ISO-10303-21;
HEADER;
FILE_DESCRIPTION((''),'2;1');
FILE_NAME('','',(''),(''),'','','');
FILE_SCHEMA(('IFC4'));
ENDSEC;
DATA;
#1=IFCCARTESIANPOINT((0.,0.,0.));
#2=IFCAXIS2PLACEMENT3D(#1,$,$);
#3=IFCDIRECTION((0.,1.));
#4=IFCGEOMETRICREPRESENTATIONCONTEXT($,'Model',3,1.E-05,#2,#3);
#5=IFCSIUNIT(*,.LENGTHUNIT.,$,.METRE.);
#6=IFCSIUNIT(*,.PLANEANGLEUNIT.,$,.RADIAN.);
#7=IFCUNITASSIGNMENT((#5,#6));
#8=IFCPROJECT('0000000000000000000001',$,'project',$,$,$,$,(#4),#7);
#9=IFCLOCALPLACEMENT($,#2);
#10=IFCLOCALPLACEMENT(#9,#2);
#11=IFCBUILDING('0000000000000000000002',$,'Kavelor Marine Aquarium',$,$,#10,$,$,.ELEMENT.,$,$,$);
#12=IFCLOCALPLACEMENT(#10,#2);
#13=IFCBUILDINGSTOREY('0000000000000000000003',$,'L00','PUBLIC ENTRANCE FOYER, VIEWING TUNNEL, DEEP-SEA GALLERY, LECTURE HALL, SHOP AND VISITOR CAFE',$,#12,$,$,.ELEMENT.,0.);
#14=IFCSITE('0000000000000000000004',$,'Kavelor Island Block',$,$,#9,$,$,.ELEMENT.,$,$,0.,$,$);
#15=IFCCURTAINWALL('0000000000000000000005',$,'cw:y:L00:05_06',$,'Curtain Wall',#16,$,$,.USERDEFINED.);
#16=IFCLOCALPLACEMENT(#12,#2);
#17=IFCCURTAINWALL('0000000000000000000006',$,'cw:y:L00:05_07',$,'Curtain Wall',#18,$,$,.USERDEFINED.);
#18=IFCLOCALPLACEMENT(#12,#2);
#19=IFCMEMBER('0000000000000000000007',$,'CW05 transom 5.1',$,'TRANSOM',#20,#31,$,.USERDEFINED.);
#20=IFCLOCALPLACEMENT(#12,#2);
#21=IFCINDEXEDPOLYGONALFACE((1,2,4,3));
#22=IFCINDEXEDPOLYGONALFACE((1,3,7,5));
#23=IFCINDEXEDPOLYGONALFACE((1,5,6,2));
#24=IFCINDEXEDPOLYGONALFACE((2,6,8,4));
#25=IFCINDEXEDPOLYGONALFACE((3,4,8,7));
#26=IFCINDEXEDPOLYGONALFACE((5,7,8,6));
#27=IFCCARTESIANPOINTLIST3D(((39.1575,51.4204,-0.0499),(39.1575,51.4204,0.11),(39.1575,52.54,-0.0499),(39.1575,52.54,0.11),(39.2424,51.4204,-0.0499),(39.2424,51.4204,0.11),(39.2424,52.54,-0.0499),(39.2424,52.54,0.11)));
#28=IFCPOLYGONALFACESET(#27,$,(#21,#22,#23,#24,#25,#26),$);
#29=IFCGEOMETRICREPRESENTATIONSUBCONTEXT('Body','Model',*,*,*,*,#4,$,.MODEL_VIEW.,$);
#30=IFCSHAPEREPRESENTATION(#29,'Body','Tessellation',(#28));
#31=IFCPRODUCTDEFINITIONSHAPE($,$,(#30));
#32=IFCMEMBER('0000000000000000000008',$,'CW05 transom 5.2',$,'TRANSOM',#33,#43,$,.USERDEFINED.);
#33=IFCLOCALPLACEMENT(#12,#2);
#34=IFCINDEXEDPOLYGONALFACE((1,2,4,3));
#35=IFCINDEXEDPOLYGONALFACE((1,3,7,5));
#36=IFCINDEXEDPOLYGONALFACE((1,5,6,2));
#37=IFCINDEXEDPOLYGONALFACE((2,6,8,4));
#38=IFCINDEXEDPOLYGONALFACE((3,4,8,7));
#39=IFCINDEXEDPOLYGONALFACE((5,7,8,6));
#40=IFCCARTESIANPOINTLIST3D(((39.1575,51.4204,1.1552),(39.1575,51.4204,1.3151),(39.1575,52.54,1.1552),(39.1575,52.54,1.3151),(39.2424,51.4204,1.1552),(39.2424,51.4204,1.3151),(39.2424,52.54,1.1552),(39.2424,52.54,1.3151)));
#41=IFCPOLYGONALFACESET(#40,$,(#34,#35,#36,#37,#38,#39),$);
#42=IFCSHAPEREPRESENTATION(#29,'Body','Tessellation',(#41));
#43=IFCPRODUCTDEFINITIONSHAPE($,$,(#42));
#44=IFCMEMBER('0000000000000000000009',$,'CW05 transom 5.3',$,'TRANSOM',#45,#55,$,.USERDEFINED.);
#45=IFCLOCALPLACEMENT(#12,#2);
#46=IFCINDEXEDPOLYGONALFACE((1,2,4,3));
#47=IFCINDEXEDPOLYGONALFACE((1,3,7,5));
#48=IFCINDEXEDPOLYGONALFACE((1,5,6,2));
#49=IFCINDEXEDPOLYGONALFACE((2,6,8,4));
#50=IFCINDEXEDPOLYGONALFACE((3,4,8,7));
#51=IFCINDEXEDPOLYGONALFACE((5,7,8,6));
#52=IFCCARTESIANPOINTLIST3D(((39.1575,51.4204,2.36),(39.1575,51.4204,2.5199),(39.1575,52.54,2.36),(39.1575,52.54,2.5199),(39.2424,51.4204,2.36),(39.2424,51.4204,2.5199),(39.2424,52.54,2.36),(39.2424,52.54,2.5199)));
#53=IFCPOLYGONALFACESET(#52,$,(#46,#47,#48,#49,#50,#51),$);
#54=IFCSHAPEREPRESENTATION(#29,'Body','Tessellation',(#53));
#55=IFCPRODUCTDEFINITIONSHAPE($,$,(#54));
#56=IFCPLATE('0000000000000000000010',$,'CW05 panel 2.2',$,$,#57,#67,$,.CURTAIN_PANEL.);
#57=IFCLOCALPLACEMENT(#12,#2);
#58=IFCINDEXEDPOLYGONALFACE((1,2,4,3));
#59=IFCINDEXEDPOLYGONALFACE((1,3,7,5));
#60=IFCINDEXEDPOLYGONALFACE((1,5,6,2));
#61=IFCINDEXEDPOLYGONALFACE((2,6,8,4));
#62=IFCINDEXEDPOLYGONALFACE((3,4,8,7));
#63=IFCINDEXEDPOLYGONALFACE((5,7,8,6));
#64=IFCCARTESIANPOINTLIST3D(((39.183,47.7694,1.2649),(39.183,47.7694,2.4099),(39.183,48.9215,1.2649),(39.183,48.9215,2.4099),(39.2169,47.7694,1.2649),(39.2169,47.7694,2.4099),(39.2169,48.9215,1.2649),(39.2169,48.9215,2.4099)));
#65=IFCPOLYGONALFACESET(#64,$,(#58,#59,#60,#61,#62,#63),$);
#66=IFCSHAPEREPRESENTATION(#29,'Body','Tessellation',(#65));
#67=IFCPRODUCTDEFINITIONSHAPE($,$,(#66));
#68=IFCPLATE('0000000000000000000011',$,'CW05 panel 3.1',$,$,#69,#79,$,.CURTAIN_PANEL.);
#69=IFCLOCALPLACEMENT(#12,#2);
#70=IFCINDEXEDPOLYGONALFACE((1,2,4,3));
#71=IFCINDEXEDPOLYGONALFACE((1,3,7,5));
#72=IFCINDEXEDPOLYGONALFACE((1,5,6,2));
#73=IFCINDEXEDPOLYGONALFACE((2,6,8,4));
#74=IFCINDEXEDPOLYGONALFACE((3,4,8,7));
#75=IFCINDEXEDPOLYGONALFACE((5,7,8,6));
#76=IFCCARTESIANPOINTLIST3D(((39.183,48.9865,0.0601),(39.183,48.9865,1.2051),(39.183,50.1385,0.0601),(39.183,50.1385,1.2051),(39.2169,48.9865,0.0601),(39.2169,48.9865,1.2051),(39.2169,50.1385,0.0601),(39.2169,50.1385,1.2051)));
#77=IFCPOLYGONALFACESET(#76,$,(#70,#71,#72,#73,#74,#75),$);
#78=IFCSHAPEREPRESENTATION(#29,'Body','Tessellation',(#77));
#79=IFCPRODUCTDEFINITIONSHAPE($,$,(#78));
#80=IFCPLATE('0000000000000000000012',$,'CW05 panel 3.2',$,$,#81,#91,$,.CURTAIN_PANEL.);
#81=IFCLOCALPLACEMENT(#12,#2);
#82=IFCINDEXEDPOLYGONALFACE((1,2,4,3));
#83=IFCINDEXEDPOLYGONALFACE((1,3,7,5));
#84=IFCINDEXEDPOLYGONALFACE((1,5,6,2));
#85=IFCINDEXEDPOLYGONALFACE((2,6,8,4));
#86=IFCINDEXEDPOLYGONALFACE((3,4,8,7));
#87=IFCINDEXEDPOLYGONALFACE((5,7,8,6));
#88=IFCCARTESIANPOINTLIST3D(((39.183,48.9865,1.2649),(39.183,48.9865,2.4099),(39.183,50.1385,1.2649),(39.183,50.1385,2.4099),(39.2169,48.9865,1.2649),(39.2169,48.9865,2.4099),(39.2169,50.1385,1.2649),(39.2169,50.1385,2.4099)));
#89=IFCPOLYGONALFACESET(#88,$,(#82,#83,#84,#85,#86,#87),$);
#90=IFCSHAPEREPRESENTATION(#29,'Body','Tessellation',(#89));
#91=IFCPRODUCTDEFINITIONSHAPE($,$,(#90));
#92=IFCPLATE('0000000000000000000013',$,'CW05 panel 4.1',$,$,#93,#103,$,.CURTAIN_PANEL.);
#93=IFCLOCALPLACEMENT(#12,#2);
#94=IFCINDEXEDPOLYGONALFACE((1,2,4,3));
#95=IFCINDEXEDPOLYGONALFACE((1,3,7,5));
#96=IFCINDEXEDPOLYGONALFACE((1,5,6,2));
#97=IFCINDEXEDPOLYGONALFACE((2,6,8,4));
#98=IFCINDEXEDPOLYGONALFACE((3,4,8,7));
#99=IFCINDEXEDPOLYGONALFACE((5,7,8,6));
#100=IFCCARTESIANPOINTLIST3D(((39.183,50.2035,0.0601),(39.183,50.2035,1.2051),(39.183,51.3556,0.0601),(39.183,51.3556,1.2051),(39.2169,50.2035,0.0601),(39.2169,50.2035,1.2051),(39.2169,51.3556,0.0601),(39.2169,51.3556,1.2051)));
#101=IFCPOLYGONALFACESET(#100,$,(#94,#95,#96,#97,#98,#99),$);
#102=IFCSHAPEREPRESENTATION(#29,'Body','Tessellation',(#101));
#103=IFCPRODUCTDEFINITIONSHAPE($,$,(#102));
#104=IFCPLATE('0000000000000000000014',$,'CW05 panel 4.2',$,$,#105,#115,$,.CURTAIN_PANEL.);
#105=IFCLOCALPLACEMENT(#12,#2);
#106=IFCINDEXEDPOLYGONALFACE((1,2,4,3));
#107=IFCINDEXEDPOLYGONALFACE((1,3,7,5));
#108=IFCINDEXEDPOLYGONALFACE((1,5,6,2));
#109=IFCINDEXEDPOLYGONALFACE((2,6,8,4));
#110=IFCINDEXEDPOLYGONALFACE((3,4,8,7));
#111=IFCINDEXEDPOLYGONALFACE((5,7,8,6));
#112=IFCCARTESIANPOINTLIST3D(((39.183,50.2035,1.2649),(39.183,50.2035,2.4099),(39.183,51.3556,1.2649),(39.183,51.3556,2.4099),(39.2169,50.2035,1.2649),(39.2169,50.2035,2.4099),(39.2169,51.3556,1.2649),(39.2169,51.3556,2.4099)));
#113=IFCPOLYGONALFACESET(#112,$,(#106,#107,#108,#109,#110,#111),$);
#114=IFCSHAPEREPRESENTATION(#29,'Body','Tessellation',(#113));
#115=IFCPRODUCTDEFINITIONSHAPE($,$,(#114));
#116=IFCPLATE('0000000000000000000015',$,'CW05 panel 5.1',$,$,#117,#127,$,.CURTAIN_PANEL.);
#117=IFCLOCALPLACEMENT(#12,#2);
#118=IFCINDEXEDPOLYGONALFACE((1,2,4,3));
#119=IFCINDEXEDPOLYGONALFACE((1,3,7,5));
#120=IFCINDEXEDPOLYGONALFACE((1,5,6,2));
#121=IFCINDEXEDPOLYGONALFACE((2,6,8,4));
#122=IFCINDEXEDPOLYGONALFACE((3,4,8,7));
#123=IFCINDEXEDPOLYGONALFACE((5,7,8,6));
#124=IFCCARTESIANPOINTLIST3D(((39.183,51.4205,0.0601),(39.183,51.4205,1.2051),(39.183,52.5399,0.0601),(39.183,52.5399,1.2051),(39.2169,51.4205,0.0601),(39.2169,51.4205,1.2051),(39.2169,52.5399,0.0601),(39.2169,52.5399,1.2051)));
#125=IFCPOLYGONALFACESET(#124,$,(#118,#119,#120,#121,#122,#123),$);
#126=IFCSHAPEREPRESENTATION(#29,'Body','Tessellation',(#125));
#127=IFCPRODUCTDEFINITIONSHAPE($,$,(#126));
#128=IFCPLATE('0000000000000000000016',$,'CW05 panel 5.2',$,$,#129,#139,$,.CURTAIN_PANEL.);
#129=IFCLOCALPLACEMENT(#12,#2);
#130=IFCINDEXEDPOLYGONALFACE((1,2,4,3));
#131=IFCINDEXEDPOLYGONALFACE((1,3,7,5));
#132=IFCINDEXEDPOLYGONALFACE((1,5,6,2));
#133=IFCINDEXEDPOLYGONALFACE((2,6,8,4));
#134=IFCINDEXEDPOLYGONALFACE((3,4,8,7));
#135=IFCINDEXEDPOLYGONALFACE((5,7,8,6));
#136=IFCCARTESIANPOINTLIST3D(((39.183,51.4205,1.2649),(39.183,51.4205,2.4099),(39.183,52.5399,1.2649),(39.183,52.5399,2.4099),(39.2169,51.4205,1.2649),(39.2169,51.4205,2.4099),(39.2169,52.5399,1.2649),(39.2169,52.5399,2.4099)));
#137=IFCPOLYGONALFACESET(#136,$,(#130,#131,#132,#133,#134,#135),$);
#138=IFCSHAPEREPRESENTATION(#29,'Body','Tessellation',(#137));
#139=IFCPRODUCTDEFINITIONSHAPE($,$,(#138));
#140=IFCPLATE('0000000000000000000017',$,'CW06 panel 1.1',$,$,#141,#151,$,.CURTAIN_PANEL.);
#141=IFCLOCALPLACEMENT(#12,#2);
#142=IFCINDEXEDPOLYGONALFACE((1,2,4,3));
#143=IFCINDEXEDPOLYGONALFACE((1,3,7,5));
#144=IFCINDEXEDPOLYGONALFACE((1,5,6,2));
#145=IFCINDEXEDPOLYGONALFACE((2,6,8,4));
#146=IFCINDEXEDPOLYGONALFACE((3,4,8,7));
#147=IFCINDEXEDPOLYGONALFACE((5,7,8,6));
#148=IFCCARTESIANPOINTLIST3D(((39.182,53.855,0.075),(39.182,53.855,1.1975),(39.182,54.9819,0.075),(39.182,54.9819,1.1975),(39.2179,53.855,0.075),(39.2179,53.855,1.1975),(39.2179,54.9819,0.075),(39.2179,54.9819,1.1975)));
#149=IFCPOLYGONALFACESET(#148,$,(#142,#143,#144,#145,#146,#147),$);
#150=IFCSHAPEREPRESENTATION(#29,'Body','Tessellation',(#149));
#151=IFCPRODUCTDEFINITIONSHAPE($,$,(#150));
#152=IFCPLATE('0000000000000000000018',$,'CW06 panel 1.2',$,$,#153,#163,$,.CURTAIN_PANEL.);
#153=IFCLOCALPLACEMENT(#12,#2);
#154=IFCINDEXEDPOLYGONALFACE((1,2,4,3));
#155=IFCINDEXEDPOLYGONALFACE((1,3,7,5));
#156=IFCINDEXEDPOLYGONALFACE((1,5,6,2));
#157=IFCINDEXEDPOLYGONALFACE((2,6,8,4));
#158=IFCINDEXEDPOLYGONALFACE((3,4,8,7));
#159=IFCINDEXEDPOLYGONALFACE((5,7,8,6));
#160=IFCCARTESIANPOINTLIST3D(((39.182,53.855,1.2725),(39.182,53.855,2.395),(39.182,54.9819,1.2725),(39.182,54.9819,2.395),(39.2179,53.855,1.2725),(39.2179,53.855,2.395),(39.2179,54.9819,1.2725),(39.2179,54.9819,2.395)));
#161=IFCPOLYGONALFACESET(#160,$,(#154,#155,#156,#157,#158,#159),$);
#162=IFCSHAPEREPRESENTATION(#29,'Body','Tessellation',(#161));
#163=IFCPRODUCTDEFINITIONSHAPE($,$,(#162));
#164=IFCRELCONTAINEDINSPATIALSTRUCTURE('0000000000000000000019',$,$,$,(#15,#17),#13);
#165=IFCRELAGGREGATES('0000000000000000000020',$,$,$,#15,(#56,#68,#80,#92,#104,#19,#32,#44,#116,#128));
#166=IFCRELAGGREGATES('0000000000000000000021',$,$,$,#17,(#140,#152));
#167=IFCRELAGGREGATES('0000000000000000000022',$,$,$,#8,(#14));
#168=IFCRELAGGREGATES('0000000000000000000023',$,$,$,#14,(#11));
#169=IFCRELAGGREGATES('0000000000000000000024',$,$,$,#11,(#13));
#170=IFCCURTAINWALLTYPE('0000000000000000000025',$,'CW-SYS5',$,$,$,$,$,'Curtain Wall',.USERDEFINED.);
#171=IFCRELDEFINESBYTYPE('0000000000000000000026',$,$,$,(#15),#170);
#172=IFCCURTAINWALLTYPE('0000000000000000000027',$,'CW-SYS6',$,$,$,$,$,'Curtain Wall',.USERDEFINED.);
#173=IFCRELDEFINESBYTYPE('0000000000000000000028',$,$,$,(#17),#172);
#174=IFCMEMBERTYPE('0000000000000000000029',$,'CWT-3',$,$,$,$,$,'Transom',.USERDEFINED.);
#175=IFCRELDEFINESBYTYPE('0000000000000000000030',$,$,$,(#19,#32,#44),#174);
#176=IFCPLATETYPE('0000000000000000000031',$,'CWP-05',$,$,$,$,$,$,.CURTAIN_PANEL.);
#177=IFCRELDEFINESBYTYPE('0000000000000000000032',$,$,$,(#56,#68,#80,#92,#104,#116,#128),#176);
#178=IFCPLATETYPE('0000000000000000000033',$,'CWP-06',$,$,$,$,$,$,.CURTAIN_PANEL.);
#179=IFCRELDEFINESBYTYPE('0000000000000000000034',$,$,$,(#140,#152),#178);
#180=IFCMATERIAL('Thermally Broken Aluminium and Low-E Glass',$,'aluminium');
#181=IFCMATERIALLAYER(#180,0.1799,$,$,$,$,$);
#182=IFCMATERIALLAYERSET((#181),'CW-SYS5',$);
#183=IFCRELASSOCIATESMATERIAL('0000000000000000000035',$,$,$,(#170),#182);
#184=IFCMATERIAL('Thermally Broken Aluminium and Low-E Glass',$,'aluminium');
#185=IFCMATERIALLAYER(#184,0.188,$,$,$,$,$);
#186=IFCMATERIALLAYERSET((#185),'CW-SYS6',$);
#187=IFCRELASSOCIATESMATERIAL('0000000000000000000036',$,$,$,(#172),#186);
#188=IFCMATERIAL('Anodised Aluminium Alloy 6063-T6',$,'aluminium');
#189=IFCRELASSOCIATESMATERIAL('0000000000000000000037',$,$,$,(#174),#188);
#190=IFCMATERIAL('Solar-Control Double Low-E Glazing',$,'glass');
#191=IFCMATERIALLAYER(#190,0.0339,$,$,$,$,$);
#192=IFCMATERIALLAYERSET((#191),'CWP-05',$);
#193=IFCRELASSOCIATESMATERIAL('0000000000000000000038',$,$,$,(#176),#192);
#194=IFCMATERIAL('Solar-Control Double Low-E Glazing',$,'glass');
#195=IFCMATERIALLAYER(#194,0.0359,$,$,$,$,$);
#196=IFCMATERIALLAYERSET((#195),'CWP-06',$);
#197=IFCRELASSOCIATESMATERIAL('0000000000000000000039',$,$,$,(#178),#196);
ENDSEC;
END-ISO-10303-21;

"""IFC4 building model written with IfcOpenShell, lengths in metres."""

from ifc_helpers import new_model, si_unit, direction, frame, origin, origin_2d, place, context, subcontext, project, spatial, rectangle, extrude, material, layer, layer_set, material_profile, profile_set, type_object, element, aggregate, save


model = new_model("IFC4")

# Units and contexts
model_context = context("Model", 3, precision=1e-05, world=origin(), true_north=direction((0.0, 1.0)))
body_context = subcontext(model_context, "Body", "Model", "MODEL_VIEW")
ifc_project = project(units=[si_unit("LENGTHUNIT", "METRE"), si_unit("PLANEANGLEUNIT", "RADIAN")], contexts=[model_context])

# Site, building, storey
site_placement = place(None, origin())
site = spatial("IfcSite", under=ifc_project, at=site_placement, Name="Kavelor Island Block", CompositionType="ELEMENT", RefElevation=0.0)
building_placement = place(site_placement, origin())
building = spatial("IfcBuilding", under=site, at=building_placement, Name="Kavelor Marine Aquarium", CompositionType="ELEMENT")
storey_placement = place(building_placement, origin())
storey = spatial("IfcBuildingStorey", under=building, at=storey_placement, Name="L00", Description="PUBLIC ENTRANCE FOYER, VIEWING TUNNEL, DEEP-SEA GALLERY, LECTURE HALL, SHOP AND VISITOR CAFE", CompositionType="ELEMENT", Elevation=0.0)

# Curtain walls
ifc_material_1 = material(Name="Thermally Broken Aluminium and Low-E Glass", Category="aluminium")
ifc_layer_1 = layer(ifc_material_1, 0.1799)
ifc_layer_set_1 = layer_set([ifc_layer_1], Name="CW-SYS5")
curtain_wall_type_1 = type_object("IfcCurtainWallType", Name="CW-SYS5", ElementType="Curtain Wall", PredefinedType="USERDEFINED", material=ifc_layer_set_1)
curtain_wall_1_placement = place(storey_placement, origin())
curtain_wall_1 = element("IfcCurtainWall", 1, at=curtain_wall_1_placement, inside=storey, type_object=curtain_wall_type_1, Name="cw:y:L00:05_06", ObjectType="Curtain Wall", PredefinedType="USERDEFINED")
ifc_material_2 = material(Name="Thermally Broken Aluminium and Low-E Glass", Category="aluminium")
ifc_layer_2 = layer(ifc_material_2, 0.188)
ifc_layer_set_2 = layer_set([ifc_layer_2], Name="CW-SYS6")
curtain_wall_type_2 = type_object("IfcCurtainWallType", Name="CW-SYS6", ElementType="Curtain Wall", PredefinedType="USERDEFINED", material=ifc_layer_set_2)
curtain_wall_2_placement = place(storey_placement, origin())
curtain_wall_2 = element("IfcCurtainWall", 2, at=curtain_wall_2_placement, inside=storey, type_object=curtain_wall_type_2, Name="cw:y:L00:05_07", ObjectType="Curtain Wall", PredefinedType="USERDEFINED")

# Members
ifc_material_3 = material(Name="Anodised Aluminium Alloy 6063-T6", Category="aluminium")
ifc_material_profile_1 = material_profile(ifc_material_3, rectangle(XDim=0.085, YDim=0.1599, at=origin_2d()), Name="CW-TRN 85x160")
ifc_profile_set_1 = profile_set([ifc_material_profile_1], Name="Anodised Aluminium Alloy 6063-T6")
member_type_1 = type_object("IfcMemberType", Name="CWT-3", ElementType="Transom", PredefinedType="USERDEFINED", material=ifc_profile_set_1)
member_1_placement = place(storey_placement, frame((39.2, 51.4204, 0.03), z_axis=(0.0, 1.0, 0.0), x_axis=(-1.0, 0.0, 0.0)))
member_1 = element("IfcMember", 3, at=member_1_placement, type_object=member_type_1, Name="CW05 transom 5.1", ObjectType="TRANSOM", PredefinedType="USERDEFINED", context=body_context, shape_type="SweptSolid", body=[
    extrude(rectangle(XDim=0.085, YDim=0.1599, at=origin_2d()), origin(), (0.0, 0.0, 1.0), 1.1196),
])
member_2_placement = place(storey_placement, frame((39.2, 51.4204, 1.2351), z_axis=(0.0, 1.0, 0.0), x_axis=(-1.0, 0.0, 0.0)))
member_2 = element("IfcMember", 4, at=member_2_placement, type_object=member_type_1, Name="CW05 transom 5.2", ObjectType="TRANSOM", PredefinedType="USERDEFINED", context=body_context, shape_type="SweptSolid", body=[
    extrude(rectangle(XDim=0.085, YDim=0.1599, at=origin_2d()), origin(), (0.0, 0.0, 1.0), 1.1196),
])
member_3_placement = place(storey_placement, frame((39.2, 51.4204, 2.4399), z_axis=(0.0, 1.0, 0.0), x_axis=(-1.0, 0.0, 0.0)))
member_3 = element("IfcMember", 5, at=member_3_placement, type_object=member_type_1, Name="CW05 transom 5.3", ObjectType="TRANSOM", PredefinedType="USERDEFINED", context=body_context, shape_type="SweptSolid", body=[
    extrude(rectangle(XDim=0.085, YDim=0.1599, at=origin_2d()), origin(), (0.0, 0.0, 1.0), 1.1196),
])

# Plates
ifc_material_4 = material(Name="Solar-Control Double Low-E Glazing", Category="glass")
ifc_layer_3 = layer(ifc_material_4, 0.0339)
ifc_layer_set_3 = layer_set([ifc_layer_3], Name="CWP-05")
plate_type_1 = type_object("IfcPlateType", Name="CWP-05", PredefinedType="CURTAIN_PANEL", material=ifc_layer_set_3)
plate_1_placement = place(storey_placement, frame((39.2, 48.3455, 1.2649), z_axis=(0.0, 0.0, 1.0), x_axis=(0.0, 1.0, 0.0)))
plate_1 = element("IfcPlate", 6, at=plate_1_placement, type_object=plate_type_1, Name="CW05 panel 2.2", PredefinedType="CURTAIN_PANEL", context=body_context, shape_type="SweptSolid", body=[
    extrude(rectangle(XDim=1.1521, YDim=0.0339, at=origin_2d()), origin(), (0.0, 0.0, 1.0), 1.145),
])
plate_2_placement = place(storey_placement, frame((39.2, 49.5625, 0.0601), z_axis=(0.0, 0.0, 1.0), x_axis=(0.0, 1.0, 0.0)))
plate_2 = element("IfcPlate", 7, at=plate_2_placement, type_object=plate_type_1, Name="CW05 panel 3.1", PredefinedType="CURTAIN_PANEL", context=body_context, shape_type="SweptSolid", body=[
    extrude(rectangle(XDim=1.1521, YDim=0.0339, at=origin_2d()), origin(), (0.0, 0.0, 1.0), 1.145),
])
plate_3_placement = place(storey_placement, frame((39.2, 49.5625, 1.2649), z_axis=(0.0, 0.0, 1.0), x_axis=(0.0, 1.0, 0.0)))
plate_3 = element("IfcPlate", 8, at=plate_3_placement, type_object=plate_type_1, Name="CW05 panel 3.2", PredefinedType="CURTAIN_PANEL", context=body_context, shape_type="SweptSolid", body=[
    extrude(rectangle(XDim=1.1521, YDim=0.0339, at=origin_2d()), origin(), (0.0, 0.0, 1.0), 1.145),
])
plate_4_placement = place(storey_placement, frame((39.2, 50.7795, 0.0601), z_axis=(0.0, 0.0, 1.0), x_axis=(0.0, 1.0, 0.0)))
plate_4 = element("IfcPlate", 9, at=plate_4_placement, type_object=plate_type_1, Name="CW05 panel 4.1", PredefinedType="CURTAIN_PANEL", context=body_context, shape_type="SweptSolid", body=[
    extrude(rectangle(XDim=1.1521, YDim=0.0339, at=origin_2d()), origin(), (0.0, 0.0, 1.0), 1.145),
])
plate_5_placement = place(storey_placement, frame((39.2, 50.7795, 1.2649), z_axis=(0.0, 0.0, 1.0), x_axis=(0.0, 1.0, 0.0)))
plate_5 = element("IfcPlate", 10, at=plate_5_placement, type_object=plate_type_1, Name="CW05 panel 4.2", PredefinedType="CURTAIN_PANEL", context=body_context, shape_type="SweptSolid", body=[
    extrude(rectangle(XDim=1.1521, YDim=0.0339, at=origin_2d()), origin(), (0.0, 0.0, 1.0), 1.145),
])
plate_6_placement = place(storey_placement, frame((39.2, 51.9802, 0.0601), z_axis=(0.0, 0.0, 1.0), x_axis=(0.0, 1.0, 0.0)))
plate_6 = element("IfcPlate", 11, at=plate_6_placement, type_object=plate_type_1, Name="CW05 panel 5.1", PredefinedType="CURTAIN_PANEL", context=body_context, shape_type="SweptSolid", body=[
    extrude(rectangle(XDim=1.1194, YDim=0.0339, at=origin_2d()), origin(), (0.0, 0.0, 1.0), 1.145),
])
plate_7_placement = place(storey_placement, frame((39.2, 51.9802, 1.2649), z_axis=(0.0, 0.0, 1.0), x_axis=(0.0, 1.0, 0.0)))
plate_7 = element("IfcPlate", 12, at=plate_7_placement, type_object=plate_type_1, Name="CW05 panel 5.2", PredefinedType="CURTAIN_PANEL", context=body_context, shape_type="SweptSolid", body=[
    extrude(rectangle(XDim=1.1194, YDim=0.0339, at=origin_2d()), origin(), (0.0, 0.0, 1.0), 1.145),
])
aggregate(curtain_wall_1, [plate_1, plate_2, plate_3, plate_4, plate_5, member_1, member_2, member_3, plate_6, plate_7])
ifc_material_5 = material(Name="Solar-Control Double Low-E Glazing", Category="glass")
ifc_layer_4 = layer(ifc_material_5, 0.0359)
ifc_layer_set_4 = layer_set([ifc_layer_4], Name="CWP-06")
plate_type_2 = type_object("IfcPlateType", Name="CWP-06", PredefinedType="CURTAIN_PANEL", material=ifc_layer_set_4)
plate_8_placement = place(storey_placement, frame((39.2, 54.4185, 0.075), z_axis=(0.0, 0.0, 1.0), x_axis=(0.0, 1.0, 0.0)))
plate_8 = element("IfcPlate", 13, at=plate_8_placement, type_object=plate_type_2, Name="CW06 panel 1.1", PredefinedType="CURTAIN_PANEL", context=body_context, shape_type="SweptSolid", body=[
    extrude(rectangle(XDim=1.127, YDim=0.0359, at=origin_2d()), origin(), (0.0, 0.0, 1.0), 1.1226),
])
plate_9_placement = place(storey_placement, frame((39.2, 54.4185, 1.2725), z_axis=(0.0, 0.0, 1.0), x_axis=(0.0, 1.0, 0.0)))
plate_9 = element("IfcPlate", 14, at=plate_9_placement, type_object=plate_type_2, Name="CW06 panel 1.2", PredefinedType="CURTAIN_PANEL", context=body_context, shape_type="SweptSolid", body=[
    extrude(rectangle(XDim=1.127, YDim=0.0359, at=origin_2d()), origin(), (0.0, 0.0, 1.0), 1.1226),
])
aggregate(curtain_wall_2, [plate_8, plate_9])

save(model, "model.ifc")
